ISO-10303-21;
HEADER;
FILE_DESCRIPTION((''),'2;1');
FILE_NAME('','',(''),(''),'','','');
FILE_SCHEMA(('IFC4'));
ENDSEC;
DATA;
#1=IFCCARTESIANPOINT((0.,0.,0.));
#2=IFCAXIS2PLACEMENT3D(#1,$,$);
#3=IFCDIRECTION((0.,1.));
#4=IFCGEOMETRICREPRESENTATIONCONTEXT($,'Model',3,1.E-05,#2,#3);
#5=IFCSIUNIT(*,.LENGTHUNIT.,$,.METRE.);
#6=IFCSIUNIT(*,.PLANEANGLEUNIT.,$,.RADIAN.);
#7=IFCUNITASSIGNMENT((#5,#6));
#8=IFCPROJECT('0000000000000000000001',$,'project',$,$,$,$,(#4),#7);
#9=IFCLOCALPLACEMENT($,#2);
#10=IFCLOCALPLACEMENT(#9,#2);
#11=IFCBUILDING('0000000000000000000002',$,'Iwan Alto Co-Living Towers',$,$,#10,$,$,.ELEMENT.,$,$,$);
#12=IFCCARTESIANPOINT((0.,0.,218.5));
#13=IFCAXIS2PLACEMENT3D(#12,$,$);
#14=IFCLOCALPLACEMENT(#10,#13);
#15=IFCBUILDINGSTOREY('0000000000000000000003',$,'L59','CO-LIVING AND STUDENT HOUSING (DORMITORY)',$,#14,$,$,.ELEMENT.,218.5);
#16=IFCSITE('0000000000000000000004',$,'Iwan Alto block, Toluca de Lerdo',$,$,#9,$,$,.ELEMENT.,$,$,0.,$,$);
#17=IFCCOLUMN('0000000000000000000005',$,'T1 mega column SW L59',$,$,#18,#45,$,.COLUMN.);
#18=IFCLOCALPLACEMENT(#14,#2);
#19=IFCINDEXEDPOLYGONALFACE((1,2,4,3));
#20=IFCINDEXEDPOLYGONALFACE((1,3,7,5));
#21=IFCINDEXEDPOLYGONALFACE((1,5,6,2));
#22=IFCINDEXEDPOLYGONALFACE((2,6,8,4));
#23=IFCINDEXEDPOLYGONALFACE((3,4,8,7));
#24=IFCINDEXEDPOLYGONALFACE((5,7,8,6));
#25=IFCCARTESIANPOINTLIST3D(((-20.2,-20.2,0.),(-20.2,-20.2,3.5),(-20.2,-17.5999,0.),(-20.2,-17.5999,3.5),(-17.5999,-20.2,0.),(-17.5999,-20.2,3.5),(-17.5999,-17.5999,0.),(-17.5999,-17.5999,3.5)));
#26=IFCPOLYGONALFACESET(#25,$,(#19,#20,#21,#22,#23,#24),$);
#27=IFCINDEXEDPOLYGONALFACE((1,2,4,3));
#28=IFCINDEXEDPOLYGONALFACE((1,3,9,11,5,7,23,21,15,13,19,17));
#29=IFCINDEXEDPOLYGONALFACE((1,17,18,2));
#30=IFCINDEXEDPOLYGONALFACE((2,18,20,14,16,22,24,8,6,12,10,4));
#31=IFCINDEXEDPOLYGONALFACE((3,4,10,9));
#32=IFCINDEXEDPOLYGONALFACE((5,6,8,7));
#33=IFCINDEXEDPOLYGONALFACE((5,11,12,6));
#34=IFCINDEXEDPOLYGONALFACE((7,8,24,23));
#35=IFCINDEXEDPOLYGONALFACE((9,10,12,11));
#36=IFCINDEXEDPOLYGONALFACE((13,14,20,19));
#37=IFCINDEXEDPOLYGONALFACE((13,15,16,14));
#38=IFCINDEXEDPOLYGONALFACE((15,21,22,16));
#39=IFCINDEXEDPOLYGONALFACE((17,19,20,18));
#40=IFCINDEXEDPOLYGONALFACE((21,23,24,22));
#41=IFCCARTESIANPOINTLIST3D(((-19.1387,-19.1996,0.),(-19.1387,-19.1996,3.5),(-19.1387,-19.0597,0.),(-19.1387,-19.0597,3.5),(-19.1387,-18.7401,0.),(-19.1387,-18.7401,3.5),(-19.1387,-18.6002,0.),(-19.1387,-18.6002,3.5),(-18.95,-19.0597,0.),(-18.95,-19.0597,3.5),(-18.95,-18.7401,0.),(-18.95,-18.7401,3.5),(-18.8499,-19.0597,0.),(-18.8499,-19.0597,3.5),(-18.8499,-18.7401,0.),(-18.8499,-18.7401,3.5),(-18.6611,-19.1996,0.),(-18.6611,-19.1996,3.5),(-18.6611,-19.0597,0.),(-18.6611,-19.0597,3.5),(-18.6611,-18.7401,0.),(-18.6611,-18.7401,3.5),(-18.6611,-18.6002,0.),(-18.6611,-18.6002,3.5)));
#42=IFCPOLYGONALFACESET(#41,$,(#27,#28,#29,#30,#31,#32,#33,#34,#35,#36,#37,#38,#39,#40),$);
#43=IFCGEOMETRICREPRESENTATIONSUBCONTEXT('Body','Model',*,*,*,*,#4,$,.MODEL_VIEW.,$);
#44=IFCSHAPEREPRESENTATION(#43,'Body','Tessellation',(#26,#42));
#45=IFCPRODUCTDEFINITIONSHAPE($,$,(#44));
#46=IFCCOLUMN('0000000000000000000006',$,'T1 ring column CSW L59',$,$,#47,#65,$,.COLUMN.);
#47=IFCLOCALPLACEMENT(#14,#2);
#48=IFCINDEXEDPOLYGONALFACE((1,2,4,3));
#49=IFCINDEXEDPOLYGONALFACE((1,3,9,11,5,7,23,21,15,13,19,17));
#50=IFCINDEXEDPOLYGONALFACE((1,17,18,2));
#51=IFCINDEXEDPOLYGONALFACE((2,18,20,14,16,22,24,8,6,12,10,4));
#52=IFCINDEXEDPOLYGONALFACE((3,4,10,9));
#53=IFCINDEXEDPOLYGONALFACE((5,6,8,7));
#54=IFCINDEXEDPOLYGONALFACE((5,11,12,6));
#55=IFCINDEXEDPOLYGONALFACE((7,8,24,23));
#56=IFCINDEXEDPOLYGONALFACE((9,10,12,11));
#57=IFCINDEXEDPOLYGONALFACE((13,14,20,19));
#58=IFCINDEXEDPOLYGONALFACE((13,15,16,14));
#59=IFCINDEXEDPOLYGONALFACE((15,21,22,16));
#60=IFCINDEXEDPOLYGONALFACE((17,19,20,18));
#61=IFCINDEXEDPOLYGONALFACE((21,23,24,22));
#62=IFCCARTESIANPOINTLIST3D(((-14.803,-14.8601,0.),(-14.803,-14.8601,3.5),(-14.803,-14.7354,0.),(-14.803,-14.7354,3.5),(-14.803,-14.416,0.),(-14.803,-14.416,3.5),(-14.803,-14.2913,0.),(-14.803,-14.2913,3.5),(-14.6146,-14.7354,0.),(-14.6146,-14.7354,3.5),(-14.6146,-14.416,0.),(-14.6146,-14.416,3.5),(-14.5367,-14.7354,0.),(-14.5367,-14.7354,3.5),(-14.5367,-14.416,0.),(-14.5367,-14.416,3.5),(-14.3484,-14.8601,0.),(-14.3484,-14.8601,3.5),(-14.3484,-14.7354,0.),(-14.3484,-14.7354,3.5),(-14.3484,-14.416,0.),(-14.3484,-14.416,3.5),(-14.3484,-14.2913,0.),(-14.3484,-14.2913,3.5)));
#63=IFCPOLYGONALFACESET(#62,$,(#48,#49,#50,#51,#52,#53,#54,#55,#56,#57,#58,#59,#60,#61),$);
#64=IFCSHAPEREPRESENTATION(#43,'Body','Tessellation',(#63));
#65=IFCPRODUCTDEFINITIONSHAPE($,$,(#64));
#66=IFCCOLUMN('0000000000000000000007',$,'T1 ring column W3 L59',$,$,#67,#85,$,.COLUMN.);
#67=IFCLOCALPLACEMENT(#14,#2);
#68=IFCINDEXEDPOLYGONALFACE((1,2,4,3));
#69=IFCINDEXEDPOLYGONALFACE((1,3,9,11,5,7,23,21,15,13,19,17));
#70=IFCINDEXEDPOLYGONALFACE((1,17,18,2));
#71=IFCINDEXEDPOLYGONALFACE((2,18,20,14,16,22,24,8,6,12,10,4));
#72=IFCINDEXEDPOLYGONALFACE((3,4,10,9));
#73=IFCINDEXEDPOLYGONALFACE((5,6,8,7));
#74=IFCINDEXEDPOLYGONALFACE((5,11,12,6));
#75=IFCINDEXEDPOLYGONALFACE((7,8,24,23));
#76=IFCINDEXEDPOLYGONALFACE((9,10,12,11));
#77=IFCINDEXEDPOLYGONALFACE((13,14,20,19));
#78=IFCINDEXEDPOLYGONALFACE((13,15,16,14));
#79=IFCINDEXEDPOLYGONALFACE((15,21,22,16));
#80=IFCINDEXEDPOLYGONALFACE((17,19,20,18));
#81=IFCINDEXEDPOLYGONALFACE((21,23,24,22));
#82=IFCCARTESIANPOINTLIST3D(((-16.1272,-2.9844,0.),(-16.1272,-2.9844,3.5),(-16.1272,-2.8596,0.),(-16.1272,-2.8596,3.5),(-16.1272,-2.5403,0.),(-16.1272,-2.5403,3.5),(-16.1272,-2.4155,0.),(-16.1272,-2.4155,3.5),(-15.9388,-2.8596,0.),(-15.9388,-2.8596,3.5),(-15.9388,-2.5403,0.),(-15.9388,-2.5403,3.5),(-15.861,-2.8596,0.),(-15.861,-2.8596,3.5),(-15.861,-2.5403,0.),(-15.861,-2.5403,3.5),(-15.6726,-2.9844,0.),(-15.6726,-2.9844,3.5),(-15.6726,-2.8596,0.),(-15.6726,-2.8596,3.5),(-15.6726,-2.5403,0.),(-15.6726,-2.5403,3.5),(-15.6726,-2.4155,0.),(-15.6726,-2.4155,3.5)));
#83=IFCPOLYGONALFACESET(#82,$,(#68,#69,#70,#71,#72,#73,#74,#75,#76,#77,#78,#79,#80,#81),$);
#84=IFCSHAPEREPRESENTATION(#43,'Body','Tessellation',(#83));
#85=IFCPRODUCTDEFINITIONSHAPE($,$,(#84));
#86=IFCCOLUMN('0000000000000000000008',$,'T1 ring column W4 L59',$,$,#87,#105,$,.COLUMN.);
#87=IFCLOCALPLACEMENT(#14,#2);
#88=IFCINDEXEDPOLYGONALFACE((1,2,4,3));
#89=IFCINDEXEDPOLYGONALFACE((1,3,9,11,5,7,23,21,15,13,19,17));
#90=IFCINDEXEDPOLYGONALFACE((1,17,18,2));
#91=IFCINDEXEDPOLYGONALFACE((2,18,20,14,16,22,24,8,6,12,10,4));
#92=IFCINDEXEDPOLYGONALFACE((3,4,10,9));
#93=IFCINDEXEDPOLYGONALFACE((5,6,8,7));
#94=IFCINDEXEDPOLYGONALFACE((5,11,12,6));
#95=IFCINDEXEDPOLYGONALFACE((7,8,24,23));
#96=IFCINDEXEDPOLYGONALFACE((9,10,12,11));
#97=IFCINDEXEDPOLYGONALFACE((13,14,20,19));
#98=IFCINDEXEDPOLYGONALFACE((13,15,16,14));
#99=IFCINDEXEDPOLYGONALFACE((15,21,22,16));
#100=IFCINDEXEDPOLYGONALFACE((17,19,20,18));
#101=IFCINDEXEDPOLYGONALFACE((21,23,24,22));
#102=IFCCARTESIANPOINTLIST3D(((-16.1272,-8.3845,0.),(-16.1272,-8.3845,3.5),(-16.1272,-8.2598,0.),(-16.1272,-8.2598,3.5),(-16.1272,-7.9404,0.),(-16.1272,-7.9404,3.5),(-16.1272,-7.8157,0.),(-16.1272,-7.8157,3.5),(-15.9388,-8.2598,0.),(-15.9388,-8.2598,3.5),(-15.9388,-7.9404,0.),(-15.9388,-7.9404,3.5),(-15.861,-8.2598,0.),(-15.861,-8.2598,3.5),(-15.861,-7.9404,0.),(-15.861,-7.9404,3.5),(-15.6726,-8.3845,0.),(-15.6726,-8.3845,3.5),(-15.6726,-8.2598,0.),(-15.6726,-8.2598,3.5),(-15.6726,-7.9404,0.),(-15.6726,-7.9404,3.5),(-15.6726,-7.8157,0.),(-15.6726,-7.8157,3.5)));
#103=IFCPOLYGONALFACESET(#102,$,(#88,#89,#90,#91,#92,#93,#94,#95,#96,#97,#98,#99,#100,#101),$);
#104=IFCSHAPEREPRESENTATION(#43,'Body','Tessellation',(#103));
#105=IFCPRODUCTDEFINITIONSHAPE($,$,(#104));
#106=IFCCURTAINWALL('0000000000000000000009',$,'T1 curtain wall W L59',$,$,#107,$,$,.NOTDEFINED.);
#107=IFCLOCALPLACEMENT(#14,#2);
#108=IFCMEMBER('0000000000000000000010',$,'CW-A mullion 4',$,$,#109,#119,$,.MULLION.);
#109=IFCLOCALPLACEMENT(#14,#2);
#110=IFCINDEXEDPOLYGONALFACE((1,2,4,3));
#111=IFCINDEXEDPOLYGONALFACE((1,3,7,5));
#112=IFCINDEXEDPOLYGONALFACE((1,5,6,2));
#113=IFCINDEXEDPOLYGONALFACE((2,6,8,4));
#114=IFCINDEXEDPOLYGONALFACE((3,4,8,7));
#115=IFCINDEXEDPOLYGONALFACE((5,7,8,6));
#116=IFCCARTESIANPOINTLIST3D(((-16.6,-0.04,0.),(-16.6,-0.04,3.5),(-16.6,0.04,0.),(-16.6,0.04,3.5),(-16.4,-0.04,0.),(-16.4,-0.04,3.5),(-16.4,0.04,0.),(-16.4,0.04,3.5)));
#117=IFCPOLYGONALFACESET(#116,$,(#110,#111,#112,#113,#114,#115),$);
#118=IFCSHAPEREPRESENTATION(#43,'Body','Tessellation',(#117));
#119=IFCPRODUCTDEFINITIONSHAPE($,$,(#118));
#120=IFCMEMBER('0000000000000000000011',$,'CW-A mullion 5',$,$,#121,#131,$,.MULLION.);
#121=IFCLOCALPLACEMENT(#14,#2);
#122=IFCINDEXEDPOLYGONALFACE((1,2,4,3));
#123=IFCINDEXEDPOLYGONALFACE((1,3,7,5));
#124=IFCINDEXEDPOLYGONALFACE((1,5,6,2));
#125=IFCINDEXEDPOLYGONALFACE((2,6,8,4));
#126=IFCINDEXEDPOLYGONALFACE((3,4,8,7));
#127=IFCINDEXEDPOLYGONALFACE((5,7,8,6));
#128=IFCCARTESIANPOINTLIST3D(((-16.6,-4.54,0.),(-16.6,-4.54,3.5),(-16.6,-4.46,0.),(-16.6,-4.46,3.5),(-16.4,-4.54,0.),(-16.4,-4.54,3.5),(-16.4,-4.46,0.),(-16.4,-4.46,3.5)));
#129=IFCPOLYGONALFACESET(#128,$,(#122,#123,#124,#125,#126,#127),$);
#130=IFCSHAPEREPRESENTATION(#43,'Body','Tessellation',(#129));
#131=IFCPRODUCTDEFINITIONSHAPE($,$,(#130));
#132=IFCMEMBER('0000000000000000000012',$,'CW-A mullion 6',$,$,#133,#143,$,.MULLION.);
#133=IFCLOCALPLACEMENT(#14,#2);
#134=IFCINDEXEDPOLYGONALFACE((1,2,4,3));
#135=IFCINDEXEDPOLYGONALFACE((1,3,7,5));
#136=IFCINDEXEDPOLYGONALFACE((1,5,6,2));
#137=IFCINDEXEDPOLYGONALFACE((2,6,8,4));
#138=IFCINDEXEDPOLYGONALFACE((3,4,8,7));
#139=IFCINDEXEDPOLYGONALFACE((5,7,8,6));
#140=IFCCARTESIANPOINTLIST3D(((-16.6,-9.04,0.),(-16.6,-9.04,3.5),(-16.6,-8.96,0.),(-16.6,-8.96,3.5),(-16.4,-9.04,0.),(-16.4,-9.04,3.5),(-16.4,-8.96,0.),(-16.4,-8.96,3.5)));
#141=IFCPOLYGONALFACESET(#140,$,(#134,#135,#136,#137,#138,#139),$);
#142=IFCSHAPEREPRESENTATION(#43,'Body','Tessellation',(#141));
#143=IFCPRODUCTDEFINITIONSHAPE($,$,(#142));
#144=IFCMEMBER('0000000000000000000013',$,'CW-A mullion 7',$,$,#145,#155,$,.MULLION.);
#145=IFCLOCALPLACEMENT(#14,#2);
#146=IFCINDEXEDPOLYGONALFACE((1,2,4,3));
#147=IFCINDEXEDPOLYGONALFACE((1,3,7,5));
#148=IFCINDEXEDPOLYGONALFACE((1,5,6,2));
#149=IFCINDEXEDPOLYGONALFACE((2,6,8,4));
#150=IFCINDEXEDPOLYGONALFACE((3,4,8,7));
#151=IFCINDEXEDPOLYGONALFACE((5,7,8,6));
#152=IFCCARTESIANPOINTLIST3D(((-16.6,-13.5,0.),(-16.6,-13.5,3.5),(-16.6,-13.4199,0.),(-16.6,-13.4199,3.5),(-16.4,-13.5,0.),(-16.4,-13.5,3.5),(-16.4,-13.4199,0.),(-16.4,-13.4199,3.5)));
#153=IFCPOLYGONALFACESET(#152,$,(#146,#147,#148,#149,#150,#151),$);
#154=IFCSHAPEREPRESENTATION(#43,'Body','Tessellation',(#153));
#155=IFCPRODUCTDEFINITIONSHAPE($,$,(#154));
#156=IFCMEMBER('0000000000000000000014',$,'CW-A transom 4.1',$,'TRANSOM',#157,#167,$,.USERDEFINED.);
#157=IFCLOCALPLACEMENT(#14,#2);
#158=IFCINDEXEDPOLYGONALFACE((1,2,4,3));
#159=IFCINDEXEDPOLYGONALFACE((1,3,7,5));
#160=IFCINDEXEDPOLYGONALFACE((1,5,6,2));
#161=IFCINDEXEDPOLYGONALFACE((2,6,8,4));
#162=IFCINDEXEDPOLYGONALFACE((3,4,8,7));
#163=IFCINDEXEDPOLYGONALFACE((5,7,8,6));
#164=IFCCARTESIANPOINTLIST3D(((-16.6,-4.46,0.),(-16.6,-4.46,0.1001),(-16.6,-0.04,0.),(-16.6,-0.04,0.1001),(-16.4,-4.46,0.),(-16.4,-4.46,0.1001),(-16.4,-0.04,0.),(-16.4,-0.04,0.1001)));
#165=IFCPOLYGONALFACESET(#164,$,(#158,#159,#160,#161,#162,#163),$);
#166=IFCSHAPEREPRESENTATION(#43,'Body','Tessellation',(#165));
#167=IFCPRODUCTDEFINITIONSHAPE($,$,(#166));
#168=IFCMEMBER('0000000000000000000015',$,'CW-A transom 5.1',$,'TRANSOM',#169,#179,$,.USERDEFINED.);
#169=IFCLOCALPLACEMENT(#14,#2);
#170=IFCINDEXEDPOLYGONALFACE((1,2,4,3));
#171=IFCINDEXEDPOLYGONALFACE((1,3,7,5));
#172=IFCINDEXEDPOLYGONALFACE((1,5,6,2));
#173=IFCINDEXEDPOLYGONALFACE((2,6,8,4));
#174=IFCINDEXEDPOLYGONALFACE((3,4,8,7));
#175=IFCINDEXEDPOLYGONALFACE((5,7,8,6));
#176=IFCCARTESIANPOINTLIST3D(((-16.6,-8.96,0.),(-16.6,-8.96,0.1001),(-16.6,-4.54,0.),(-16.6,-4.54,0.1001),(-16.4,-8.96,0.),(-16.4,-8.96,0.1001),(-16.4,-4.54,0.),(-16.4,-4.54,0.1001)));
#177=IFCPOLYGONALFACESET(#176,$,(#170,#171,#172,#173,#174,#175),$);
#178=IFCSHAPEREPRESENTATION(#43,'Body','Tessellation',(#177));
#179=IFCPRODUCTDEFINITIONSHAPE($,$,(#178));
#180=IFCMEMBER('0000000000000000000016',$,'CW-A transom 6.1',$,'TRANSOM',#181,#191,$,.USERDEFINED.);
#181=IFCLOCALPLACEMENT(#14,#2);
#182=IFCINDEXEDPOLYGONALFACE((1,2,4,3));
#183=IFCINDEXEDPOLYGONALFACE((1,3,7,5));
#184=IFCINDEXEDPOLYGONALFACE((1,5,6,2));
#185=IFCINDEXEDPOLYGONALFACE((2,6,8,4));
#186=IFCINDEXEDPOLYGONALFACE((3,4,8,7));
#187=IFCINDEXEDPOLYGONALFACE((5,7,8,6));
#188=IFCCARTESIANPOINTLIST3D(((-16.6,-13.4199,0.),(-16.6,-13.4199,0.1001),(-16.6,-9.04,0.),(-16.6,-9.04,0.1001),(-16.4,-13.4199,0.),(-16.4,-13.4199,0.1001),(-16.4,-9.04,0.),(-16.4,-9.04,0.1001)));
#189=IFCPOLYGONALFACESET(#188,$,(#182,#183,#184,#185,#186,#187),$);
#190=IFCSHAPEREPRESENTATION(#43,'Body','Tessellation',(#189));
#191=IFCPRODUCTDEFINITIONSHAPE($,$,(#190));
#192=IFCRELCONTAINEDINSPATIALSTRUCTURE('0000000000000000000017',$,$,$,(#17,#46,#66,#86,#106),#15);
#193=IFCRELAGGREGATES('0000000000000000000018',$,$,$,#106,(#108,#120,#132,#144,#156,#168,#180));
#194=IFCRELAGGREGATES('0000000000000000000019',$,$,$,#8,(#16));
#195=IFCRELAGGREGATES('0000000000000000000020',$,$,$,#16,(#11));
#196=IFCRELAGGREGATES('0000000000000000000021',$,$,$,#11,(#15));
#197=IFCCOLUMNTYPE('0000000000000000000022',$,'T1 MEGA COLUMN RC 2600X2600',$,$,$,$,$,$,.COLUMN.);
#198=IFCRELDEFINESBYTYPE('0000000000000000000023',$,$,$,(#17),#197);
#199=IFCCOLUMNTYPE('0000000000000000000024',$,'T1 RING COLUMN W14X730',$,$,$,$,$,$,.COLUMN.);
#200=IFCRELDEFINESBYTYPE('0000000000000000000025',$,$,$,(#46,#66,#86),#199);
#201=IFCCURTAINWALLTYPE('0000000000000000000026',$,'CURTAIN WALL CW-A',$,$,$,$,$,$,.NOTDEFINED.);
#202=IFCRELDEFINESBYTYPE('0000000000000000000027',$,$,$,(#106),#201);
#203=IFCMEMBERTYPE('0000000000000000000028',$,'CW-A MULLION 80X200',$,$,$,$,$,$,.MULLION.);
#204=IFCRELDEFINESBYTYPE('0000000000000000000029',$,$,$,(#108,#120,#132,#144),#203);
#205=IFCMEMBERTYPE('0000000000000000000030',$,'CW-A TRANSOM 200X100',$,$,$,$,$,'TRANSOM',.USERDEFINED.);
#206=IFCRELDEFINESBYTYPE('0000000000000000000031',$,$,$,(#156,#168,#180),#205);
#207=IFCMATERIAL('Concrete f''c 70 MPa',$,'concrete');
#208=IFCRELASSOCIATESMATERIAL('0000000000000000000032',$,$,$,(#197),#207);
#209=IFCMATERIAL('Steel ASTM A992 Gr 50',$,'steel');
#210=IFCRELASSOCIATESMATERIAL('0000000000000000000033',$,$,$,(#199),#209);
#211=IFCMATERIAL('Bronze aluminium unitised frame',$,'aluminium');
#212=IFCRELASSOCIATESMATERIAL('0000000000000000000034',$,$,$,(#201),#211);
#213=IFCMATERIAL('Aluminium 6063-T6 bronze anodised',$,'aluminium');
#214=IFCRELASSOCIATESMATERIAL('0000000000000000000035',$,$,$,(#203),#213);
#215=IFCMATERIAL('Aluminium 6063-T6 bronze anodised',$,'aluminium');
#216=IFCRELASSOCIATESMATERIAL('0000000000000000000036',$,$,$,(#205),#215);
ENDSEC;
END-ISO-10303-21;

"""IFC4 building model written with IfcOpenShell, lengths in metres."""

from ifc_helpers import new_model, si_unit, direction, frame, origin, origin_2d, place, context, subcontext, project, spatial, rectangle, i_section, extrude, material, material_profile, profile_set, type_object, element, aggregate, save


model = new_model("IFC4")

# Units and contexts
model_context = context("Model", 3, precision=1e-05, world=origin(), true_north=direction((0.0, 1.0)))
body_context = subcontext(model_context, "Body", "Model", "MODEL_VIEW")
ifc_project = project(units=[si_unit("LENGTHUNIT", "METRE"), si_unit("PLANEANGLEUNIT", "RADIAN")], contexts=[model_context])

# Site, building, storey
site_placement = place(None, origin())
site = spatial("IfcSite", under=ifc_project, at=site_placement, Name="Iwan Alto block, Toluca de Lerdo", CompositionType="ELEMENT", RefElevation=0.0)
building_placement = place(site_placement, origin())
building = spatial("IfcBuilding", under=site, at=building_placement, Name="Iwan Alto Co-Living Towers", CompositionType="ELEMENT")
storey_placement = place(building_placement, frame((0.0, 0.0, 218.5)))
storey = spatial("IfcBuildingStorey", under=building, at=storey_placement, Name="L59", Description="CO-LIVING AND STUDENT HOUSING (DORMITORY)", CompositionType="ELEMENT", Elevation=218.5)

# Columns
ifc_material_1 = material(Name="Concrete f'c 70 MPa", Category="concrete")
ifc_material_profile_1 = material_profile(ifc_material_1, rectangle(XDim=2.6001, YDim=2.6001, at=origin_2d()), Name="RC 2600X2600")
ifc_profile_set_1 = profile_set([ifc_material_profile_1], Name="Concrete f'c 70 MPa")
column_type_1 = type_object("IfcColumnType", Name="T1 MEGA COLUMN RC 2600X2600", PredefinedType="COLUMN", material=ifc_profile_set_1)
column_placement = place(storey_placement, frame((-18.8999, -18.8999, 0.0), z_axis=(0.0, 0.0, 1.0), x_axis=(1.0, 0.0, 0.0)))
element("IfcColumn", 1, at=column_placement, inside=storey, type_object=column_type_1, Name="T1 mega column SW L59", PredefinedType="COLUMN", context=body_context, shape_type="SweptSolid", body=[
    extrude(rectangle(XDim=2.6001, YDim=2.6001, at=origin_2d()), origin(), (0.0, 0.0, 1.0), 3.5),
    extrude(i_section(OverallWidth=0.4775, OverallDepth=0.5994, WebThickness=0.1001, FlangeThickness=0.1399, at=origin_2d()), origin(), (0.0, 0.0, 1.0), 3.5),
])
ifc_material_2 = material(Name="Steel ASTM A992 Gr 50", Category="steel")
ifc_material_profile_2 = material_profile(ifc_material_2, i_section(OverallWidth=0.4546, OverallDepth=0.5688, WebThickness=0.0779, FlangeThickness=0.1248, at=origin_2d()), Name="W14X730")
ifc_profile_set_2 = profile_set([ifc_material_profile_2], Name="Steel ASTM A992 Gr 50")
column_type_2 = type_object("IfcColumnType", Name="T1 RING COLUMN W14X730", PredefinedType="COLUMN", material=ifc_profile_set_2)
for number, where, z_axis, x_axis, name in (
    (2, (-14.5757, -14.5757, 0.0), (0.0, 0.0, 1.0), (1.0, 0.0, 0.0), "T1 ring column CSW L59"),
    (3, (-15.8999, -2.7, 0.0), (0.0, 0.0, 1.0), (1.0, 0.0, 0.0), "T1 ring column W3 L59"),
    (4, (-15.8999, -8.1001, 0.0), (0.0, 0.0, 1.0), (1.0, 0.0, 0.0), "T1 ring column W4 L59"),
):
    element("IfcColumn", number, at=place(storey_placement, frame(where, z_axis=z_axis, x_axis=x_axis)), inside=storey, type_object=column_type_2, Name=name, PredefinedType="COLUMN", context=body_context, shape_type="SweptSolid", body=[
        extrude(i_section(OverallWidth=0.4546, OverallDepth=0.5688, WebThickness=0.0779, FlangeThickness=0.1248, at=origin_2d()), origin(), (0.0, 0.0, 1.0), 3.5),
    ])

# Curtain wall, members
ifc_material_3 = material(Name="Bronze aluminium unitised frame", Category="aluminium")
curtain_wall_type_1 = type_object("IfcCurtainWallType", Name="CURTAIN WALL CW-A", PredefinedType="NOTDEFINED", material=ifc_material_3)
curtain_wall_1_placement = place(storey_placement, origin())
curtain_wall_1 = element("IfcCurtainWall", 5, at=curtain_wall_1_placement, inside=storey, type_object=curtain_wall_type_1, Name="T1 curtain wall W L59", PredefinedType="NOTDEFINED")
ifc_material_4 = material(Name="Aluminium 6063-T6 bronze anodised", Category="aluminium")
ifc_material_profile_3 = material_profile(ifc_material_4, rectangle(XDim=0.2, YDim=0.0801, at=origin_2d()), Name="AL 80X200")
ifc_profile_set_3 = profile_set([ifc_material_profile_3], Name="Aluminium 6063-T6 bronze anodised")
member_type_1 = type_object("IfcMemberType", Name="CW-A MULLION 80X200", PredefinedType="MULLION", material=ifc_profile_set_3)
member_1_placement = place(storey_placement, frame((-16.5, 0.0, 0.0), z_axis=(0.0, 0.0, 1.0), x_axis=(1.0, 0.0, 0.0)))
member_1 = element("IfcMember", 6, at=member_1_placement, type_object=member_type_1, Name="CW-A mullion 4", PredefinedType="MULLION", context=body_context, shape_type="SweptSolid", body=[
    extrude(rectangle(XDim=0.2, YDim=0.0801, at=origin_2d()), origin(), (0.0, 0.0, 1.0), 3.5),
])
member_2_placement = place(storey_placement, frame((-16.5, -4.5, 0.0), z_axis=(0.0, 0.0, 1.0), x_axis=(1.0, 0.0, 0.0)))
member_2 = element("IfcMember", 7, at=member_2_placement, type_object=member_type_1, Name="CW-A mullion 5", PredefinedType="MULLION", context=body_context, shape_type="SweptSolid", body=[
    extrude(rectangle(XDim=0.2, YDim=0.0801, at=origin_2d()), origin(), (0.0, 0.0, 1.0), 3.5),
])
member_3_placement = place(storey_placement, frame((-16.5, -9.0, 0.0), z_axis=(0.0, 0.0, 1.0), x_axis=(1.0, 0.0, 0.0)))
member_3 = element("IfcMember", 8, at=member_3_placement, type_object=member_type_1, Name="CW-A mullion 6", PredefinedType="MULLION", context=body_context, shape_type="SweptSolid", body=[
    extrude(rectangle(XDim=0.2, YDim=0.0801, at=origin_2d()), origin(), (0.0, 0.0, 1.0), 3.5),
])
member_4_placement = place(storey_placement, frame((-16.5, -13.46, 0.0), z_axis=(0.0, 0.0, 1.0), x_axis=(1.0, 0.0, 0.0)))
member_4 = element("IfcMember", 9, at=member_4_placement, type_object=member_type_1, Name="CW-A mullion 7", PredefinedType="MULLION", context=body_context, shape_type="SweptSolid", body=[
    extrude(rectangle(XDim=0.2, YDim=0.0801, at=origin_2d()), origin(), (0.0, 0.0, 1.0), 3.5),
])
ifc_material_5 = material(Name="Aluminium 6063-T6 bronze anodised", Category="aluminium")
ifc_material_profile_4 = material_profile(ifc_material_5, rectangle(XDim=0.2, YDim=0.1001, at=origin_2d()), Name="AL 200X100")
ifc_profile_set_4 = profile_set([ifc_material_profile_4], Name="Aluminium 6063-T6 bronze anodised")
member_type_2 = type_object("IfcMemberType", Name="CW-A TRANSOM 200X100", ElementType="TRANSOM", PredefinedType="USERDEFINED", material=ifc_profile_set_4)
member_5_placement = place(storey_placement, frame((-16.5, -0.04, 0.05), z_axis=(0.0, -1.0, 0.0), x_axis=(1.0, 0.0, 0.0)))
member_5 = element("IfcMember", 10, at=member_5_placement, type_object=member_type_2, Name="CW-A transom 4.1", ObjectType="TRANSOM", PredefinedType="USERDEFINED", context=body_context, shape_type="SweptSolid", body=[
    extrude(rectangle(XDim=0.2, YDim=0.1001, at=origin_2d()), origin(), (0.0, 0.0, 1.0), 4.4199),
])
member_6_placement = place(storey_placement, frame((-16.5, -4.54, 0.05), z_axis=(0.0, -1.0, 0.0), x_axis=(1.0, 0.0, 0.0)))
member_6 = element("IfcMember", 11, at=member_6_placement, type_object=member_type_2, Name="CW-A transom 5.1", ObjectType="TRANSOM", PredefinedType="USERDEFINED", context=body_context, shape_type="SweptSolid", body=[
    extrude(rectangle(XDim=0.2, YDim=0.1001, at=origin_2d()), origin(), (0.0, 0.0, 1.0), 4.4199),
])
member_7_placement = place(storey_placement, frame((-16.5, -9.04, 0.05), z_axis=(0.0, -1.0, 0.0), x_axis=(1.0, 0.0, 0.0)))
member_7 = element("IfcMember", 12, at=member_7_placement, type_object=member_type_2, Name="CW-A transom 6.1", ObjectType="TRANSOM", PredefinedType="USERDEFINED", context=body_context, shape_type="SweptSolid", body=[
    extrude(rectangle(XDim=0.2, YDim=0.1001, at=origin_2d()), origin(), (0.0, 0.0, 1.0), 4.3799),
])

aggregate(curtain_wall_1, [member_1, member_2, member_3, member_4, member_5, member_6, member_7])

save(model, "model.ifc")
